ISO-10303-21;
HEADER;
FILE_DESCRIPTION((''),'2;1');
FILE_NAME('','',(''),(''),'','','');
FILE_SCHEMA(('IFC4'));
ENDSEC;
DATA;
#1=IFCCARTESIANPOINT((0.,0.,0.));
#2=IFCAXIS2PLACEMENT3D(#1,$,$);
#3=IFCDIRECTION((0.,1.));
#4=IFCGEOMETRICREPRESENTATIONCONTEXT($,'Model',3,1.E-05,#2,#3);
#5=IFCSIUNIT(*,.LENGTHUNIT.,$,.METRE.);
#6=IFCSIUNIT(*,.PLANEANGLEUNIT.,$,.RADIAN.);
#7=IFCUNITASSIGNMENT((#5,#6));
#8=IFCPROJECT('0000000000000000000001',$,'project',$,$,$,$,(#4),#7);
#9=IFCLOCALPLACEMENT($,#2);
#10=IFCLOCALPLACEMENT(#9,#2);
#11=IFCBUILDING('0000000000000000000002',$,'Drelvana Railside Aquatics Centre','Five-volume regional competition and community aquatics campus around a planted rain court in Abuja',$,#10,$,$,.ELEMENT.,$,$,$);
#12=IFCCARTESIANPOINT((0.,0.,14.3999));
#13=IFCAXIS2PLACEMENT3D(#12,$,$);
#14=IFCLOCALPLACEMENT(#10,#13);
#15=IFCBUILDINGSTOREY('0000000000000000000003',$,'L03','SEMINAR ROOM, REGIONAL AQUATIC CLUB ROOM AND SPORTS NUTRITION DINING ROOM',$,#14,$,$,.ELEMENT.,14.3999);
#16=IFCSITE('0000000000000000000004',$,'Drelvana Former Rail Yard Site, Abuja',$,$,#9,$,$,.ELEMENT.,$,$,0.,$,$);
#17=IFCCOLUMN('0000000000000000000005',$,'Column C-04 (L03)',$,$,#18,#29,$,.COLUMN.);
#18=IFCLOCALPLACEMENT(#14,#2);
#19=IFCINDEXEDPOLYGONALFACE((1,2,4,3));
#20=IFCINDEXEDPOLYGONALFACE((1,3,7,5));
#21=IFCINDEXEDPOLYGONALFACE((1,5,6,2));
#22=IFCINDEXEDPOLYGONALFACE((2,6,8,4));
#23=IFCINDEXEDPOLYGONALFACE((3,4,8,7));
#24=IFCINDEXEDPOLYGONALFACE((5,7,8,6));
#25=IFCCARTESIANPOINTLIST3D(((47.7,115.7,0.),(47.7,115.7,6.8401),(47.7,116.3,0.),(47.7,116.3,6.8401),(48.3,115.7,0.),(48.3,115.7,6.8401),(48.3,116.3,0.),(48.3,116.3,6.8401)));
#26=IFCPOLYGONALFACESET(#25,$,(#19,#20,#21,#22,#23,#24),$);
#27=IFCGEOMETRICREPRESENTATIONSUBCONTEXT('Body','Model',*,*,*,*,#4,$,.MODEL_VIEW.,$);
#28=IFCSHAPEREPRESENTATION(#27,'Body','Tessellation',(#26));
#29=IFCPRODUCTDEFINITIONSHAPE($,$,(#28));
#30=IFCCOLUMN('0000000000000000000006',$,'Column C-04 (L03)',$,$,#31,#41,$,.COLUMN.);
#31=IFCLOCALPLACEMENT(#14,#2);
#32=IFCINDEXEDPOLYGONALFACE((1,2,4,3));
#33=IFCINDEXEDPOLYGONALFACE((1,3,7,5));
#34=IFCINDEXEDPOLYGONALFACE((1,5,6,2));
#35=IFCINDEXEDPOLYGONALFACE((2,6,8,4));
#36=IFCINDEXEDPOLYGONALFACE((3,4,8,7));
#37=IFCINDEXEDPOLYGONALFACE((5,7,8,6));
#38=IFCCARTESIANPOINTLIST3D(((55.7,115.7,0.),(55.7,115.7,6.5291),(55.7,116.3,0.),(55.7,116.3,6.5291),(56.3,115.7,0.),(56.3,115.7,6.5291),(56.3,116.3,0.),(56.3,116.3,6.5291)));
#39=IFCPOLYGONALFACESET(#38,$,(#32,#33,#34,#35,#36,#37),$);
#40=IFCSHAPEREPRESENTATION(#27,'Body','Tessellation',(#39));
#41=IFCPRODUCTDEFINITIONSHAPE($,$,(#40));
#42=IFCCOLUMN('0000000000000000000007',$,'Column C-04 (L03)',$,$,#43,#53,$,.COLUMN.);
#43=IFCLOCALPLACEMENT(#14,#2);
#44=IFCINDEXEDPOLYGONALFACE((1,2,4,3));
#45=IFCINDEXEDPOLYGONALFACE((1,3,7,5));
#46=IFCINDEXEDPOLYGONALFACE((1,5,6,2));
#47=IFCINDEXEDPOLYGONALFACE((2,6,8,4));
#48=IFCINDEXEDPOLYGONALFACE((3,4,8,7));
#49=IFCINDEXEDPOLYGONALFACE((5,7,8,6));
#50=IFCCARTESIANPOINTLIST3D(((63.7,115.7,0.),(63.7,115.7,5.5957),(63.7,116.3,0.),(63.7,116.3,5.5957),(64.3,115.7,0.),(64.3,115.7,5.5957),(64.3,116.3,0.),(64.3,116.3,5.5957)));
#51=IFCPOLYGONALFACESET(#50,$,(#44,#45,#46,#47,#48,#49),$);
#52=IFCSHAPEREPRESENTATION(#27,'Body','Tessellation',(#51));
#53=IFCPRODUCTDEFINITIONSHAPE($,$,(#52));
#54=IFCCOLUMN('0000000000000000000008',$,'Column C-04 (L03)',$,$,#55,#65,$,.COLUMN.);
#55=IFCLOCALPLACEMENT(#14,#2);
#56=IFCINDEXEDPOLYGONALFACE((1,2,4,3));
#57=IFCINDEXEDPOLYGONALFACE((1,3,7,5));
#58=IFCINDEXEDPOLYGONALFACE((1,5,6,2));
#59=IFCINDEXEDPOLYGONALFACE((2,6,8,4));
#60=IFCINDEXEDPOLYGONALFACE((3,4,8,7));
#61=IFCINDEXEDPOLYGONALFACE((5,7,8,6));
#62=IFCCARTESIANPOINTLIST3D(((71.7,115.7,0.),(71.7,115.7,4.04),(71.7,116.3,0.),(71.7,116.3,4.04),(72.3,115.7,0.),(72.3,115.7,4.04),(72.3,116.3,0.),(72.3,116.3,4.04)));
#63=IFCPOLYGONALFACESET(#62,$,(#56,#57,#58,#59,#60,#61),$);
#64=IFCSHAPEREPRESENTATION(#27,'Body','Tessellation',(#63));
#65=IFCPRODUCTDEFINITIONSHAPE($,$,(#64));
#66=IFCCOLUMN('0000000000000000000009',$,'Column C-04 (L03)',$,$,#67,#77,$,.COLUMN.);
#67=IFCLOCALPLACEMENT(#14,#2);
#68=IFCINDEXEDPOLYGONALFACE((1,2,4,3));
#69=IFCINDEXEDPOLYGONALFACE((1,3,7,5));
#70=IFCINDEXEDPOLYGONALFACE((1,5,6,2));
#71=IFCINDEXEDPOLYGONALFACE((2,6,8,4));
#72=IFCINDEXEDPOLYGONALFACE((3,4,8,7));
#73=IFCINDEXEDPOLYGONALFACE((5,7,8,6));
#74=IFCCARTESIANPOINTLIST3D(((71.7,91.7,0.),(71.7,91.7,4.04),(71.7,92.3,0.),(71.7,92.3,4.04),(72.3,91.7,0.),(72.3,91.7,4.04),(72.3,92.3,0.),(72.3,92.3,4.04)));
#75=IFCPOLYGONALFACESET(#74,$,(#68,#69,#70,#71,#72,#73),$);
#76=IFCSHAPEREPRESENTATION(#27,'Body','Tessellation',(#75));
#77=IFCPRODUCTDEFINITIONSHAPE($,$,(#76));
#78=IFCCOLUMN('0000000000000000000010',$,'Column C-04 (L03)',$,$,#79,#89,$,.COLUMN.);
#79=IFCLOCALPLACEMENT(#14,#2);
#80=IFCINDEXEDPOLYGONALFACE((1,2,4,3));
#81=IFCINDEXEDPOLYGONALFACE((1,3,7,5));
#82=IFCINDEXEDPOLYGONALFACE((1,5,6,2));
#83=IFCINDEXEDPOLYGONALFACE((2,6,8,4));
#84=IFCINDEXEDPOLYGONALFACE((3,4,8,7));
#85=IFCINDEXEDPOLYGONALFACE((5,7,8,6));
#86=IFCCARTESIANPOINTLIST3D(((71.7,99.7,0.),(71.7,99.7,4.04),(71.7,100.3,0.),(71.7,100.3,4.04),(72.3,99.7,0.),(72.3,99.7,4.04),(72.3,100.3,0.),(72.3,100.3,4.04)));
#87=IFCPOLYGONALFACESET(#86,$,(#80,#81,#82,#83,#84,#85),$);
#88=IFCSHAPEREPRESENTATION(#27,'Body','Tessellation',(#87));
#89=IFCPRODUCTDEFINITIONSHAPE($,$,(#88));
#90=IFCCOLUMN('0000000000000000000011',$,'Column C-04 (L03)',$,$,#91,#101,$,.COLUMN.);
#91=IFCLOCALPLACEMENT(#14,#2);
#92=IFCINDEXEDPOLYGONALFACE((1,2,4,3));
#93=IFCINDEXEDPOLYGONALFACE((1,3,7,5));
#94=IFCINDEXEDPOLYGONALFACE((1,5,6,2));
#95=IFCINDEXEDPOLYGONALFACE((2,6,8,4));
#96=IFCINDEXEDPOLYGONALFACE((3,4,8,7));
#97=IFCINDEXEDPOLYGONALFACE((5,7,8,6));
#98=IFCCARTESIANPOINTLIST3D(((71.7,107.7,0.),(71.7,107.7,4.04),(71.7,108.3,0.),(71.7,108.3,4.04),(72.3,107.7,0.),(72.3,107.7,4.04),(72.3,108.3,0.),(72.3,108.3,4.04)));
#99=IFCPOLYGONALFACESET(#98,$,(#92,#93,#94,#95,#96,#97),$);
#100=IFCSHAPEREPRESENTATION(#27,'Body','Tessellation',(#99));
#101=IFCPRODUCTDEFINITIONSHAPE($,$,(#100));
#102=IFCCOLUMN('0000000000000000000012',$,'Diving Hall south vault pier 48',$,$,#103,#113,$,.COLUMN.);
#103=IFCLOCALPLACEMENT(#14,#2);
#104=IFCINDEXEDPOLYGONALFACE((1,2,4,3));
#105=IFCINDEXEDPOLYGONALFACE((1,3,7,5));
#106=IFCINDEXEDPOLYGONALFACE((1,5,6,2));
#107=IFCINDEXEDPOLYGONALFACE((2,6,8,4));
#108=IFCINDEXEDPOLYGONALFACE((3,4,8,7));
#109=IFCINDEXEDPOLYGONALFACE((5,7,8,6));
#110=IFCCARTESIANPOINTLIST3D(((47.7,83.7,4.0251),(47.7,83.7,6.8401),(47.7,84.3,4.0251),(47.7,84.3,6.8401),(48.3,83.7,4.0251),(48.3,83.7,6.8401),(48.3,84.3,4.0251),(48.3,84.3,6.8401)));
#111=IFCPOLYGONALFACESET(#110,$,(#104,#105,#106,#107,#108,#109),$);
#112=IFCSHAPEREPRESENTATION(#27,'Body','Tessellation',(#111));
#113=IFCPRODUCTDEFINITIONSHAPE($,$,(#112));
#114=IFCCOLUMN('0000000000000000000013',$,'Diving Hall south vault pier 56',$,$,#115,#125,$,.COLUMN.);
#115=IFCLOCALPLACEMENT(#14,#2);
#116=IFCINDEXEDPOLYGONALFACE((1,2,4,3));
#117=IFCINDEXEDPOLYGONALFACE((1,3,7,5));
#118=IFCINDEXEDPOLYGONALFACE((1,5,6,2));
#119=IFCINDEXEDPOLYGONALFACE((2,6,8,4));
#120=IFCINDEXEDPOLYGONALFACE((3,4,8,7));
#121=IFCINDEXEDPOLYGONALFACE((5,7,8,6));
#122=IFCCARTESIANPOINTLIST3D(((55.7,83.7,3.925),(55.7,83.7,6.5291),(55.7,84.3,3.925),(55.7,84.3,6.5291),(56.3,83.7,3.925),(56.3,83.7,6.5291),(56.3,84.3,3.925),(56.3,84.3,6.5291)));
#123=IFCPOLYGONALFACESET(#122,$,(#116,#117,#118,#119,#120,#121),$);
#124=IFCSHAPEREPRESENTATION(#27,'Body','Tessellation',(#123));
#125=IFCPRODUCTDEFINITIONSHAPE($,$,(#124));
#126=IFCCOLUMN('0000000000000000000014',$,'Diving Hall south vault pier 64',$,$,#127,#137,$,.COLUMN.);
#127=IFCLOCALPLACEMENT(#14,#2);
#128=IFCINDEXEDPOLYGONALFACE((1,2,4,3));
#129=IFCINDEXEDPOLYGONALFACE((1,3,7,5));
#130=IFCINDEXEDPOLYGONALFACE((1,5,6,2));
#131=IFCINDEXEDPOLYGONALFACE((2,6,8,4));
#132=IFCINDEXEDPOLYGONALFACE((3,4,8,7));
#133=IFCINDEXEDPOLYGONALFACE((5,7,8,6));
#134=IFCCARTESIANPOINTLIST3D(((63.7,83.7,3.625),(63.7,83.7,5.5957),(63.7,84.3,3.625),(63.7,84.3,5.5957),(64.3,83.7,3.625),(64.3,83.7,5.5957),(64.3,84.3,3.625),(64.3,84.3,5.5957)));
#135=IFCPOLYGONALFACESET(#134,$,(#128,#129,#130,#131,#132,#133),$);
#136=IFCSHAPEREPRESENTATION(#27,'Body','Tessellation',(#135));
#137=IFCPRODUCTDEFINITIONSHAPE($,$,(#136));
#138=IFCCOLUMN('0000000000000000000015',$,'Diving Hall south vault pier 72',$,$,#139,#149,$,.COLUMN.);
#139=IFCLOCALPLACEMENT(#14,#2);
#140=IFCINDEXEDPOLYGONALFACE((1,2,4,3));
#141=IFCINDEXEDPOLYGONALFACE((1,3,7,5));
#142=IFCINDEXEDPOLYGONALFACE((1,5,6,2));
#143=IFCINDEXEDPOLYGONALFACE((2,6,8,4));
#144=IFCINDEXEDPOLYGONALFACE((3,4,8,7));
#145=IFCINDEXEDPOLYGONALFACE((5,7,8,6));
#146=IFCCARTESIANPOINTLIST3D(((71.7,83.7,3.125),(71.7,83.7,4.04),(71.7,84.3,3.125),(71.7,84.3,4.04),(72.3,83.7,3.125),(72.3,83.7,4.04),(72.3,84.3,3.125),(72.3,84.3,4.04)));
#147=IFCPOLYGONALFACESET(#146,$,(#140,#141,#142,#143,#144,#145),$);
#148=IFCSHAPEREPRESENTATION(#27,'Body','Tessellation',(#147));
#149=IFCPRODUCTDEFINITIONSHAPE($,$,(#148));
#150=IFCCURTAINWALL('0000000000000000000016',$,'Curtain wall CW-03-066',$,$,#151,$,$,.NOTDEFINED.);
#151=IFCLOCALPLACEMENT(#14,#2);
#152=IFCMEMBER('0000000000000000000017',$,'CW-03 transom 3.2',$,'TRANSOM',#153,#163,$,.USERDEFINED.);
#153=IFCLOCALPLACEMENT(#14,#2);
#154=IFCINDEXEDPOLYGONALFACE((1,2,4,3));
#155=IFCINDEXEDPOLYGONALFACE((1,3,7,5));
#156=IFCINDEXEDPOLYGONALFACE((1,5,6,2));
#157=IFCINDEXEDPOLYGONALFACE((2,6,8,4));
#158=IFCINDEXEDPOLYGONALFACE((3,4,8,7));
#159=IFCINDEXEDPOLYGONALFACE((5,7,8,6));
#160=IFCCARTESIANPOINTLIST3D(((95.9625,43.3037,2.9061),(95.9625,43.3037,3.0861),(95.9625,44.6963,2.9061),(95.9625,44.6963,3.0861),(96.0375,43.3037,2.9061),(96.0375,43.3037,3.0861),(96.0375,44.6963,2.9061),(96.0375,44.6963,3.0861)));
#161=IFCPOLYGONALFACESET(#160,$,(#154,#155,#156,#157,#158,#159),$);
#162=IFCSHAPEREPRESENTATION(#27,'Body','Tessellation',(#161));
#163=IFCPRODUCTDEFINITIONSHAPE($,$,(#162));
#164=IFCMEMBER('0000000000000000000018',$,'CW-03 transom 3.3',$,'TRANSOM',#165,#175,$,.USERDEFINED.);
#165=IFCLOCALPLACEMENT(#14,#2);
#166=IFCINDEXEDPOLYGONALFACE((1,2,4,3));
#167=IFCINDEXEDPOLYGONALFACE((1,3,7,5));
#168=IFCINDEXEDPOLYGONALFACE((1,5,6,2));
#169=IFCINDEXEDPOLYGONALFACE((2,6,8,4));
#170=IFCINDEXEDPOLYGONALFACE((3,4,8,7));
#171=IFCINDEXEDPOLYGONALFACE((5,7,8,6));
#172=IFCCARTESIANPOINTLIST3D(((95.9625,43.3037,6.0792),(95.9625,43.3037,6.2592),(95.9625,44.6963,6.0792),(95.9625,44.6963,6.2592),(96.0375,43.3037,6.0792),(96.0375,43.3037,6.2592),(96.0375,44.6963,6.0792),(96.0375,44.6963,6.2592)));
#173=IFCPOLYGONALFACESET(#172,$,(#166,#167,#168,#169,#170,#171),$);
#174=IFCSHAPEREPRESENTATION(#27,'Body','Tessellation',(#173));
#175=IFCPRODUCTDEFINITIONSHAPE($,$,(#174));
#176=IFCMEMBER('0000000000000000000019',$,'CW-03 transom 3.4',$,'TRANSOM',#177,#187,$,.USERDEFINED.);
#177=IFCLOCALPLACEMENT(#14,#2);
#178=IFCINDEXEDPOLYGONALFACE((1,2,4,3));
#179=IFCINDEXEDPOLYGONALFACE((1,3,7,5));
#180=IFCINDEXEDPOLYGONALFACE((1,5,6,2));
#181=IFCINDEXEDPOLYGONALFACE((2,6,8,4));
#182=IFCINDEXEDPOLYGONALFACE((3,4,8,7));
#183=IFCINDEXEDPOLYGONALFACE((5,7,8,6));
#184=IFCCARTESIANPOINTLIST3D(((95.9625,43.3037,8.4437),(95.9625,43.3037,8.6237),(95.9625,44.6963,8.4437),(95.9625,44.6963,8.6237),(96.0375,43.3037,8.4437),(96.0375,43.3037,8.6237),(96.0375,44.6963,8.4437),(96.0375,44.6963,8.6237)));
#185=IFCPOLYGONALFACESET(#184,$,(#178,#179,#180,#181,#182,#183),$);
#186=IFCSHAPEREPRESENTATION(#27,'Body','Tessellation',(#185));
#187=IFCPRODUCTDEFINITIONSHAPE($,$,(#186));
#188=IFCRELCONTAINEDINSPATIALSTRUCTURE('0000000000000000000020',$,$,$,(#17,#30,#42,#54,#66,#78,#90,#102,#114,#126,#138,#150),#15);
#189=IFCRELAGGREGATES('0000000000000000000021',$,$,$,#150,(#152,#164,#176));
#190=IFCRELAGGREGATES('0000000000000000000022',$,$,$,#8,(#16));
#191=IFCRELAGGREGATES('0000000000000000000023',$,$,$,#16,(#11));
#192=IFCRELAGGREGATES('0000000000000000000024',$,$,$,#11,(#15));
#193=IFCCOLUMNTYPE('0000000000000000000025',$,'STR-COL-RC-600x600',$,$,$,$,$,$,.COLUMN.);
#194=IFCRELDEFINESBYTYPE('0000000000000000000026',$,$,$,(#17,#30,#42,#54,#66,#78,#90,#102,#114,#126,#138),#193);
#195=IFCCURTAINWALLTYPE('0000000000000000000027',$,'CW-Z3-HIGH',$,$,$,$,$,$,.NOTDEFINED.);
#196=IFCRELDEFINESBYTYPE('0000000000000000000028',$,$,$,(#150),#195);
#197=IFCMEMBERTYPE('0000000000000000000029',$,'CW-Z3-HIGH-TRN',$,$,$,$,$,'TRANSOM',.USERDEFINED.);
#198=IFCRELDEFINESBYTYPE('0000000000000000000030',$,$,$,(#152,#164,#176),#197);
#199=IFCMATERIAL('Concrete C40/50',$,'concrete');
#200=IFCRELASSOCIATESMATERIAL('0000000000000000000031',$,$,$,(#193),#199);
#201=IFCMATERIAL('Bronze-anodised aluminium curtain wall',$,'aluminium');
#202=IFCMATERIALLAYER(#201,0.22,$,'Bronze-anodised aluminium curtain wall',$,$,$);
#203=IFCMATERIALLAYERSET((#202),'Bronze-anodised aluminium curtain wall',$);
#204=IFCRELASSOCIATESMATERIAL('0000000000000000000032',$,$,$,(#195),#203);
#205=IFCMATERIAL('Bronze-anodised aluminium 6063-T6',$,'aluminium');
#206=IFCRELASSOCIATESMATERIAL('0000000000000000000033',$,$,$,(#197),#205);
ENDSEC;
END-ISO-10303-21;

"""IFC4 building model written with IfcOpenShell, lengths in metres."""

from ifc_helpers import new_model, si_unit, direction, frame, origin, origin_2d, place, context, subcontext, project, spatial, rectangle, extrude, material, layer, layer_set, material_profile, profile_set, type_object, element, aggregate, save


model = new_model("IFC4")

# Units and contexts
model_context = context("Model", 3, precision=1e-05, world=origin(), true_north=direction((0.0, 1.0)))
body_context = subcontext(model_context, "Body", "Model", "MODEL_VIEW")
ifc_project = project(units=[si_unit("LENGTHUNIT", "METRE"), si_unit("PLANEANGLEUNIT", "RADIAN")], contexts=[model_context])

# Site, building, storey
site_placement = place(None, origin())
site = spatial("IfcSite", under=ifc_project, at=site_placement, Name="Drelvana Former Rail Yard Site, Abuja", CompositionType="ELEMENT", RefElevation=0.0)
building_placement = place(site_placement, origin())
building = spatial("IfcBuilding", under=site, at=building_placement, Name="Drelvana Railside Aquatics Centre", Description="Five-volume regional competition and community aquatics campus around a planted rain court in Abuja", CompositionType="ELEMENT")
storey_placement = place(building_placement, frame((0.0, 0.0, 14.3999)))
storey = spatial("IfcBuildingStorey", under=building, at=storey_placement, Name="L03", Description="SEMINAR ROOM, REGIONAL AQUATIC CLUB ROOM AND SPORTS NUTRITION DINING ROOM", CompositionType="ELEMENT", Elevation=14.3999)

# Columns
ifc_material_1 = material(Name="Concrete C40/50", Category="concrete")
ifc_material_profile_1 = material_profile(ifc_material_1, rectangle(XDim=0.6001, YDim=0.6001, at=origin_2d()), Name="RC 600x600")
ifc_profile_set_1 = profile_set([ifc_material_profile_1], Name="Concrete C40/50")
column_type = type_object("IfcColumnType", Name="STR-COL-RC-600x600", PredefinedType="COLUMN", material=ifc_profile_set_1)
column_1_placement = place(storey_placement, frame((48.0, 116.0, 0.0), z_axis=(0.0, 0.0, 1.0), x_axis=(1.0, 0.0, 0.0)))
element("IfcColumn", 1, at=column_1_placement, inside=storey, type_object=column_type, Name="Column C-04 (L03)", PredefinedType="COLUMN", context=body_context, shape_type="SweptSolid", body=[
    extrude(rectangle(XDim=0.6001, YDim=0.6001, at=origin_2d()), origin(), (0.0, 0.0, 1.0), 6.8401),
])
column_2_placement = place(storey_placement, frame((56.0, 116.0, 0.0), z_axis=(0.0, 0.0, 1.0), x_axis=(1.0, 0.0, 0.0)))
element("IfcColumn", 2, at=column_2_placement, inside=storey, type_object=column_type, Name="Column C-04 (L03)", PredefinedType="COLUMN", context=body_context, shape_type="SweptSolid", body=[
    extrude(rectangle(XDim=0.6001, YDim=0.6001, at=origin_2d()), origin(), (0.0, 0.0, 1.0), 6.5291),
])
column_3_placement = place(storey_placement, frame((64.0, 116.0, 0.0), z_axis=(0.0, 0.0, 1.0), x_axis=(1.0, 0.0, 0.0)))
element("IfcColumn", 3, at=column_3_placement, inside=storey, type_object=column_type, Name="Column C-04 (L03)", PredefinedType="COLUMN", context=body_context, shape_type="SweptSolid", body=[
    extrude(rectangle(XDim=0.6001, YDim=0.6001, at=origin_2d()), origin(), (0.0, 0.0, 1.0), 5.5957),
])
for number, where, z_axis, x_axis, name in (
    (4, (72.0, 116.0, 0.0), (0.0, 0.0, 1.0), (1.0, 0.0, 0.0), "Column C-04 (L03)"),
    (5, (72.0, 92.0, 0.0), (0.0, 0.0, 1.0), (1.0, 0.0, 0.0), "Column C-04 (L03)"),
    (6, (72.0, 100.0, 0.0), (0.0, 0.0, 1.0), (1.0, 0.0, 0.0), "Column C-04 (L03)"),
    (7, (72.0, 108.0, 0.0), (0.0, 0.0, 1.0), (1.0, 0.0, 0.0), "Column C-04 (L03)"),
):
    element("IfcColumn", number, at=place(storey_placement, frame(where, z_axis=z_axis, x_axis=x_axis)), inside=storey, type_object=column_type, Name=name, PredefinedType="COLUMN", context=body_context, shape_type="SweptSolid", body=[
        extrude(rectangle(XDim=0.6001, YDim=0.6001, at=origin_2d()), origin(), (0.0, 0.0, 1.0), 4.04),
    ])
column_4_placement = place(storey_placement, frame((48.0, 84.0, 4.0251), z_axis=(0.0, 0.0, 1.0), x_axis=(1.0, 0.0, 0.0)))
element("IfcColumn", 8, at=column_4_placement, inside=storey, type_object=column_type, Name="Diving Hall south vault pier 48", PredefinedType="COLUMN", context=body_context, shape_type="SweptSolid", body=[
    extrude(rectangle(XDim=0.6001, YDim=0.6001, at=origin_2d()), origin(), (0.0, 0.0, 1.0), 2.8149),
])
column_5_placement = place(storey_placement, frame((56.0, 84.0, 3.925), z_axis=(0.0, 0.0, 1.0), x_axis=(1.0, 0.0, 0.0)))
element("IfcColumn", 9, at=column_5_placement, inside=storey, type_object=column_type, Name="Diving Hall south vault pier 56", PredefinedType="COLUMN", context=body_context, shape_type="SweptSolid", body=[
    extrude(rectangle(XDim=0.6001, YDim=0.6001, at=origin_2d()), origin(), (0.0, 0.0, 1.0), 2.604),
])
column_6_placement = place(storey_placement, frame((64.0, 84.0, 3.625), z_axis=(0.0, 0.0, 1.0), x_axis=(1.0, 0.0, 0.0)))
element("IfcColumn", 10, at=column_6_placement, inside=storey, type_object=column_type, Name="Diving Hall south vault pier 64", PredefinedType="COLUMN", context=body_context, shape_type="SweptSolid", body=[
    extrude(rectangle(XDim=0.6001, YDim=0.6001, at=origin_2d()), origin(), (0.0, 0.0, 1.0), 1.9707),
])
column_7_placement = place(storey_placement, frame((72.0, 84.0, 3.125), z_axis=(0.0, 0.0, 1.0), x_axis=(1.0, 0.0, 0.0)))
element("IfcColumn", 11, at=column_7_placement, inside=storey, type_object=column_type, Name="Diving Hall south vault pier 72", PredefinedType="COLUMN", context=body_context, shape_type="SweptSolid", body=[
    extrude(rectangle(XDim=0.6001, YDim=0.6001, at=origin_2d()), origin(), (0.0, 0.0, 1.0), 0.915),
])

# Curtain wall, members
ifc_material_2 = material(Name="Bronze-anodised aluminium curtain wall", Category="aluminium")
ifc_layer_1 = layer(ifc_material_2, 0.22, Name="Bronze-anodised aluminium curtain wall")
ifc_layer_set_1 = layer_set([ifc_layer_1], Name="Bronze-anodised aluminium curtain wall")
curtain_wall_type = type_object("IfcCurtainWallType", Name="CW-Z3-HIGH", PredefinedType="NOTDEFINED", material=ifc_layer_set_1)
curtain_wall_placement = place(storey_placement, origin())
curtain_wall = element("IfcCurtainWall", 12, at=curtain_wall_placement, inside=storey, type_object=curtain_wall_type, Name="Curtain wall CW-03-066", PredefinedType="NOTDEFINED")
ifc_material_3 = material(Name="Bronze-anodised aluminium 6063-T6", Category="aluminium")
ifc_material_profile_2 = material_profile(ifc_material_3, rectangle(XDim=0.1799, YDim=0.075, at=origin_2d()), Name="ALU-T 75x180")
ifc_profile_set_2 = profile_set([ifc_material_profile_2], Name="Bronze-anodised aluminium 6063-T6")
member_type = type_object("IfcMemberType", Name="CW-Z3-HIGH-TRN", ElementType="TRANSOM", PredefinedType="USERDEFINED", material=ifc_profile_set_2)
member_1_placement = place(storey_placement, frame((96.0, 43.3037, 2.9961), z_axis=(0.0, 1.0, 0.0), x_axis=(0.0, 0.0, 1.0)))
member_1 = element("IfcMember", 13, at=member_1_placement, type_object=member_type, Name="CW-03 transom 3.2", ObjectType="TRANSOM", PredefinedType="USERDEFINED", context=body_context, shape_type="SweptSolid", body=[
    extrude(rectangle(XDim=0.1799, YDim=0.075, at=origin_2d()), origin(), (0.0, 0.0, 1.0), 1.3926),
])
member_2_placement = place(storey_placement, frame((96.0, 43.3037, 6.1692), z_axis=(0.0, 1.0, 0.0), x_axis=(0.0, 0.0, 1.0)))
member_2 = element("IfcMember", 14, at=member_2_placement, type_object=member_type, Name="CW-03 transom 3.3", ObjectType="TRANSOM", PredefinedType="USERDEFINED", context=body_context, shape_type="SweptSolid", body=[
    extrude(rectangle(XDim=0.1799, YDim=0.075, at=origin_2d()), origin(), (0.0, 0.0, 1.0), 1.3926),
])
member_3_placement = place(storey_placement, frame((96.0, 43.3037, 8.5337), z_axis=(0.0, 1.0, 0.0), x_axis=(0.0, 0.0, 1.0)))
member_3 = element("IfcMember", 15, at=member_3_placement, type_object=member_type, Name="CW-03 transom 3.4", ObjectType="TRANSOM", PredefinedType="USERDEFINED", context=body_context, shape_type="SweptSolid", body=[
    extrude(rectangle(XDim=0.1799, YDim=0.075, at=origin_2d()), origin(), (0.0, 0.0, 1.0), 1.3926),
])

aggregate(curtain_wall, [member_1, member_2, member_3])

save(model, "model.ifc")
